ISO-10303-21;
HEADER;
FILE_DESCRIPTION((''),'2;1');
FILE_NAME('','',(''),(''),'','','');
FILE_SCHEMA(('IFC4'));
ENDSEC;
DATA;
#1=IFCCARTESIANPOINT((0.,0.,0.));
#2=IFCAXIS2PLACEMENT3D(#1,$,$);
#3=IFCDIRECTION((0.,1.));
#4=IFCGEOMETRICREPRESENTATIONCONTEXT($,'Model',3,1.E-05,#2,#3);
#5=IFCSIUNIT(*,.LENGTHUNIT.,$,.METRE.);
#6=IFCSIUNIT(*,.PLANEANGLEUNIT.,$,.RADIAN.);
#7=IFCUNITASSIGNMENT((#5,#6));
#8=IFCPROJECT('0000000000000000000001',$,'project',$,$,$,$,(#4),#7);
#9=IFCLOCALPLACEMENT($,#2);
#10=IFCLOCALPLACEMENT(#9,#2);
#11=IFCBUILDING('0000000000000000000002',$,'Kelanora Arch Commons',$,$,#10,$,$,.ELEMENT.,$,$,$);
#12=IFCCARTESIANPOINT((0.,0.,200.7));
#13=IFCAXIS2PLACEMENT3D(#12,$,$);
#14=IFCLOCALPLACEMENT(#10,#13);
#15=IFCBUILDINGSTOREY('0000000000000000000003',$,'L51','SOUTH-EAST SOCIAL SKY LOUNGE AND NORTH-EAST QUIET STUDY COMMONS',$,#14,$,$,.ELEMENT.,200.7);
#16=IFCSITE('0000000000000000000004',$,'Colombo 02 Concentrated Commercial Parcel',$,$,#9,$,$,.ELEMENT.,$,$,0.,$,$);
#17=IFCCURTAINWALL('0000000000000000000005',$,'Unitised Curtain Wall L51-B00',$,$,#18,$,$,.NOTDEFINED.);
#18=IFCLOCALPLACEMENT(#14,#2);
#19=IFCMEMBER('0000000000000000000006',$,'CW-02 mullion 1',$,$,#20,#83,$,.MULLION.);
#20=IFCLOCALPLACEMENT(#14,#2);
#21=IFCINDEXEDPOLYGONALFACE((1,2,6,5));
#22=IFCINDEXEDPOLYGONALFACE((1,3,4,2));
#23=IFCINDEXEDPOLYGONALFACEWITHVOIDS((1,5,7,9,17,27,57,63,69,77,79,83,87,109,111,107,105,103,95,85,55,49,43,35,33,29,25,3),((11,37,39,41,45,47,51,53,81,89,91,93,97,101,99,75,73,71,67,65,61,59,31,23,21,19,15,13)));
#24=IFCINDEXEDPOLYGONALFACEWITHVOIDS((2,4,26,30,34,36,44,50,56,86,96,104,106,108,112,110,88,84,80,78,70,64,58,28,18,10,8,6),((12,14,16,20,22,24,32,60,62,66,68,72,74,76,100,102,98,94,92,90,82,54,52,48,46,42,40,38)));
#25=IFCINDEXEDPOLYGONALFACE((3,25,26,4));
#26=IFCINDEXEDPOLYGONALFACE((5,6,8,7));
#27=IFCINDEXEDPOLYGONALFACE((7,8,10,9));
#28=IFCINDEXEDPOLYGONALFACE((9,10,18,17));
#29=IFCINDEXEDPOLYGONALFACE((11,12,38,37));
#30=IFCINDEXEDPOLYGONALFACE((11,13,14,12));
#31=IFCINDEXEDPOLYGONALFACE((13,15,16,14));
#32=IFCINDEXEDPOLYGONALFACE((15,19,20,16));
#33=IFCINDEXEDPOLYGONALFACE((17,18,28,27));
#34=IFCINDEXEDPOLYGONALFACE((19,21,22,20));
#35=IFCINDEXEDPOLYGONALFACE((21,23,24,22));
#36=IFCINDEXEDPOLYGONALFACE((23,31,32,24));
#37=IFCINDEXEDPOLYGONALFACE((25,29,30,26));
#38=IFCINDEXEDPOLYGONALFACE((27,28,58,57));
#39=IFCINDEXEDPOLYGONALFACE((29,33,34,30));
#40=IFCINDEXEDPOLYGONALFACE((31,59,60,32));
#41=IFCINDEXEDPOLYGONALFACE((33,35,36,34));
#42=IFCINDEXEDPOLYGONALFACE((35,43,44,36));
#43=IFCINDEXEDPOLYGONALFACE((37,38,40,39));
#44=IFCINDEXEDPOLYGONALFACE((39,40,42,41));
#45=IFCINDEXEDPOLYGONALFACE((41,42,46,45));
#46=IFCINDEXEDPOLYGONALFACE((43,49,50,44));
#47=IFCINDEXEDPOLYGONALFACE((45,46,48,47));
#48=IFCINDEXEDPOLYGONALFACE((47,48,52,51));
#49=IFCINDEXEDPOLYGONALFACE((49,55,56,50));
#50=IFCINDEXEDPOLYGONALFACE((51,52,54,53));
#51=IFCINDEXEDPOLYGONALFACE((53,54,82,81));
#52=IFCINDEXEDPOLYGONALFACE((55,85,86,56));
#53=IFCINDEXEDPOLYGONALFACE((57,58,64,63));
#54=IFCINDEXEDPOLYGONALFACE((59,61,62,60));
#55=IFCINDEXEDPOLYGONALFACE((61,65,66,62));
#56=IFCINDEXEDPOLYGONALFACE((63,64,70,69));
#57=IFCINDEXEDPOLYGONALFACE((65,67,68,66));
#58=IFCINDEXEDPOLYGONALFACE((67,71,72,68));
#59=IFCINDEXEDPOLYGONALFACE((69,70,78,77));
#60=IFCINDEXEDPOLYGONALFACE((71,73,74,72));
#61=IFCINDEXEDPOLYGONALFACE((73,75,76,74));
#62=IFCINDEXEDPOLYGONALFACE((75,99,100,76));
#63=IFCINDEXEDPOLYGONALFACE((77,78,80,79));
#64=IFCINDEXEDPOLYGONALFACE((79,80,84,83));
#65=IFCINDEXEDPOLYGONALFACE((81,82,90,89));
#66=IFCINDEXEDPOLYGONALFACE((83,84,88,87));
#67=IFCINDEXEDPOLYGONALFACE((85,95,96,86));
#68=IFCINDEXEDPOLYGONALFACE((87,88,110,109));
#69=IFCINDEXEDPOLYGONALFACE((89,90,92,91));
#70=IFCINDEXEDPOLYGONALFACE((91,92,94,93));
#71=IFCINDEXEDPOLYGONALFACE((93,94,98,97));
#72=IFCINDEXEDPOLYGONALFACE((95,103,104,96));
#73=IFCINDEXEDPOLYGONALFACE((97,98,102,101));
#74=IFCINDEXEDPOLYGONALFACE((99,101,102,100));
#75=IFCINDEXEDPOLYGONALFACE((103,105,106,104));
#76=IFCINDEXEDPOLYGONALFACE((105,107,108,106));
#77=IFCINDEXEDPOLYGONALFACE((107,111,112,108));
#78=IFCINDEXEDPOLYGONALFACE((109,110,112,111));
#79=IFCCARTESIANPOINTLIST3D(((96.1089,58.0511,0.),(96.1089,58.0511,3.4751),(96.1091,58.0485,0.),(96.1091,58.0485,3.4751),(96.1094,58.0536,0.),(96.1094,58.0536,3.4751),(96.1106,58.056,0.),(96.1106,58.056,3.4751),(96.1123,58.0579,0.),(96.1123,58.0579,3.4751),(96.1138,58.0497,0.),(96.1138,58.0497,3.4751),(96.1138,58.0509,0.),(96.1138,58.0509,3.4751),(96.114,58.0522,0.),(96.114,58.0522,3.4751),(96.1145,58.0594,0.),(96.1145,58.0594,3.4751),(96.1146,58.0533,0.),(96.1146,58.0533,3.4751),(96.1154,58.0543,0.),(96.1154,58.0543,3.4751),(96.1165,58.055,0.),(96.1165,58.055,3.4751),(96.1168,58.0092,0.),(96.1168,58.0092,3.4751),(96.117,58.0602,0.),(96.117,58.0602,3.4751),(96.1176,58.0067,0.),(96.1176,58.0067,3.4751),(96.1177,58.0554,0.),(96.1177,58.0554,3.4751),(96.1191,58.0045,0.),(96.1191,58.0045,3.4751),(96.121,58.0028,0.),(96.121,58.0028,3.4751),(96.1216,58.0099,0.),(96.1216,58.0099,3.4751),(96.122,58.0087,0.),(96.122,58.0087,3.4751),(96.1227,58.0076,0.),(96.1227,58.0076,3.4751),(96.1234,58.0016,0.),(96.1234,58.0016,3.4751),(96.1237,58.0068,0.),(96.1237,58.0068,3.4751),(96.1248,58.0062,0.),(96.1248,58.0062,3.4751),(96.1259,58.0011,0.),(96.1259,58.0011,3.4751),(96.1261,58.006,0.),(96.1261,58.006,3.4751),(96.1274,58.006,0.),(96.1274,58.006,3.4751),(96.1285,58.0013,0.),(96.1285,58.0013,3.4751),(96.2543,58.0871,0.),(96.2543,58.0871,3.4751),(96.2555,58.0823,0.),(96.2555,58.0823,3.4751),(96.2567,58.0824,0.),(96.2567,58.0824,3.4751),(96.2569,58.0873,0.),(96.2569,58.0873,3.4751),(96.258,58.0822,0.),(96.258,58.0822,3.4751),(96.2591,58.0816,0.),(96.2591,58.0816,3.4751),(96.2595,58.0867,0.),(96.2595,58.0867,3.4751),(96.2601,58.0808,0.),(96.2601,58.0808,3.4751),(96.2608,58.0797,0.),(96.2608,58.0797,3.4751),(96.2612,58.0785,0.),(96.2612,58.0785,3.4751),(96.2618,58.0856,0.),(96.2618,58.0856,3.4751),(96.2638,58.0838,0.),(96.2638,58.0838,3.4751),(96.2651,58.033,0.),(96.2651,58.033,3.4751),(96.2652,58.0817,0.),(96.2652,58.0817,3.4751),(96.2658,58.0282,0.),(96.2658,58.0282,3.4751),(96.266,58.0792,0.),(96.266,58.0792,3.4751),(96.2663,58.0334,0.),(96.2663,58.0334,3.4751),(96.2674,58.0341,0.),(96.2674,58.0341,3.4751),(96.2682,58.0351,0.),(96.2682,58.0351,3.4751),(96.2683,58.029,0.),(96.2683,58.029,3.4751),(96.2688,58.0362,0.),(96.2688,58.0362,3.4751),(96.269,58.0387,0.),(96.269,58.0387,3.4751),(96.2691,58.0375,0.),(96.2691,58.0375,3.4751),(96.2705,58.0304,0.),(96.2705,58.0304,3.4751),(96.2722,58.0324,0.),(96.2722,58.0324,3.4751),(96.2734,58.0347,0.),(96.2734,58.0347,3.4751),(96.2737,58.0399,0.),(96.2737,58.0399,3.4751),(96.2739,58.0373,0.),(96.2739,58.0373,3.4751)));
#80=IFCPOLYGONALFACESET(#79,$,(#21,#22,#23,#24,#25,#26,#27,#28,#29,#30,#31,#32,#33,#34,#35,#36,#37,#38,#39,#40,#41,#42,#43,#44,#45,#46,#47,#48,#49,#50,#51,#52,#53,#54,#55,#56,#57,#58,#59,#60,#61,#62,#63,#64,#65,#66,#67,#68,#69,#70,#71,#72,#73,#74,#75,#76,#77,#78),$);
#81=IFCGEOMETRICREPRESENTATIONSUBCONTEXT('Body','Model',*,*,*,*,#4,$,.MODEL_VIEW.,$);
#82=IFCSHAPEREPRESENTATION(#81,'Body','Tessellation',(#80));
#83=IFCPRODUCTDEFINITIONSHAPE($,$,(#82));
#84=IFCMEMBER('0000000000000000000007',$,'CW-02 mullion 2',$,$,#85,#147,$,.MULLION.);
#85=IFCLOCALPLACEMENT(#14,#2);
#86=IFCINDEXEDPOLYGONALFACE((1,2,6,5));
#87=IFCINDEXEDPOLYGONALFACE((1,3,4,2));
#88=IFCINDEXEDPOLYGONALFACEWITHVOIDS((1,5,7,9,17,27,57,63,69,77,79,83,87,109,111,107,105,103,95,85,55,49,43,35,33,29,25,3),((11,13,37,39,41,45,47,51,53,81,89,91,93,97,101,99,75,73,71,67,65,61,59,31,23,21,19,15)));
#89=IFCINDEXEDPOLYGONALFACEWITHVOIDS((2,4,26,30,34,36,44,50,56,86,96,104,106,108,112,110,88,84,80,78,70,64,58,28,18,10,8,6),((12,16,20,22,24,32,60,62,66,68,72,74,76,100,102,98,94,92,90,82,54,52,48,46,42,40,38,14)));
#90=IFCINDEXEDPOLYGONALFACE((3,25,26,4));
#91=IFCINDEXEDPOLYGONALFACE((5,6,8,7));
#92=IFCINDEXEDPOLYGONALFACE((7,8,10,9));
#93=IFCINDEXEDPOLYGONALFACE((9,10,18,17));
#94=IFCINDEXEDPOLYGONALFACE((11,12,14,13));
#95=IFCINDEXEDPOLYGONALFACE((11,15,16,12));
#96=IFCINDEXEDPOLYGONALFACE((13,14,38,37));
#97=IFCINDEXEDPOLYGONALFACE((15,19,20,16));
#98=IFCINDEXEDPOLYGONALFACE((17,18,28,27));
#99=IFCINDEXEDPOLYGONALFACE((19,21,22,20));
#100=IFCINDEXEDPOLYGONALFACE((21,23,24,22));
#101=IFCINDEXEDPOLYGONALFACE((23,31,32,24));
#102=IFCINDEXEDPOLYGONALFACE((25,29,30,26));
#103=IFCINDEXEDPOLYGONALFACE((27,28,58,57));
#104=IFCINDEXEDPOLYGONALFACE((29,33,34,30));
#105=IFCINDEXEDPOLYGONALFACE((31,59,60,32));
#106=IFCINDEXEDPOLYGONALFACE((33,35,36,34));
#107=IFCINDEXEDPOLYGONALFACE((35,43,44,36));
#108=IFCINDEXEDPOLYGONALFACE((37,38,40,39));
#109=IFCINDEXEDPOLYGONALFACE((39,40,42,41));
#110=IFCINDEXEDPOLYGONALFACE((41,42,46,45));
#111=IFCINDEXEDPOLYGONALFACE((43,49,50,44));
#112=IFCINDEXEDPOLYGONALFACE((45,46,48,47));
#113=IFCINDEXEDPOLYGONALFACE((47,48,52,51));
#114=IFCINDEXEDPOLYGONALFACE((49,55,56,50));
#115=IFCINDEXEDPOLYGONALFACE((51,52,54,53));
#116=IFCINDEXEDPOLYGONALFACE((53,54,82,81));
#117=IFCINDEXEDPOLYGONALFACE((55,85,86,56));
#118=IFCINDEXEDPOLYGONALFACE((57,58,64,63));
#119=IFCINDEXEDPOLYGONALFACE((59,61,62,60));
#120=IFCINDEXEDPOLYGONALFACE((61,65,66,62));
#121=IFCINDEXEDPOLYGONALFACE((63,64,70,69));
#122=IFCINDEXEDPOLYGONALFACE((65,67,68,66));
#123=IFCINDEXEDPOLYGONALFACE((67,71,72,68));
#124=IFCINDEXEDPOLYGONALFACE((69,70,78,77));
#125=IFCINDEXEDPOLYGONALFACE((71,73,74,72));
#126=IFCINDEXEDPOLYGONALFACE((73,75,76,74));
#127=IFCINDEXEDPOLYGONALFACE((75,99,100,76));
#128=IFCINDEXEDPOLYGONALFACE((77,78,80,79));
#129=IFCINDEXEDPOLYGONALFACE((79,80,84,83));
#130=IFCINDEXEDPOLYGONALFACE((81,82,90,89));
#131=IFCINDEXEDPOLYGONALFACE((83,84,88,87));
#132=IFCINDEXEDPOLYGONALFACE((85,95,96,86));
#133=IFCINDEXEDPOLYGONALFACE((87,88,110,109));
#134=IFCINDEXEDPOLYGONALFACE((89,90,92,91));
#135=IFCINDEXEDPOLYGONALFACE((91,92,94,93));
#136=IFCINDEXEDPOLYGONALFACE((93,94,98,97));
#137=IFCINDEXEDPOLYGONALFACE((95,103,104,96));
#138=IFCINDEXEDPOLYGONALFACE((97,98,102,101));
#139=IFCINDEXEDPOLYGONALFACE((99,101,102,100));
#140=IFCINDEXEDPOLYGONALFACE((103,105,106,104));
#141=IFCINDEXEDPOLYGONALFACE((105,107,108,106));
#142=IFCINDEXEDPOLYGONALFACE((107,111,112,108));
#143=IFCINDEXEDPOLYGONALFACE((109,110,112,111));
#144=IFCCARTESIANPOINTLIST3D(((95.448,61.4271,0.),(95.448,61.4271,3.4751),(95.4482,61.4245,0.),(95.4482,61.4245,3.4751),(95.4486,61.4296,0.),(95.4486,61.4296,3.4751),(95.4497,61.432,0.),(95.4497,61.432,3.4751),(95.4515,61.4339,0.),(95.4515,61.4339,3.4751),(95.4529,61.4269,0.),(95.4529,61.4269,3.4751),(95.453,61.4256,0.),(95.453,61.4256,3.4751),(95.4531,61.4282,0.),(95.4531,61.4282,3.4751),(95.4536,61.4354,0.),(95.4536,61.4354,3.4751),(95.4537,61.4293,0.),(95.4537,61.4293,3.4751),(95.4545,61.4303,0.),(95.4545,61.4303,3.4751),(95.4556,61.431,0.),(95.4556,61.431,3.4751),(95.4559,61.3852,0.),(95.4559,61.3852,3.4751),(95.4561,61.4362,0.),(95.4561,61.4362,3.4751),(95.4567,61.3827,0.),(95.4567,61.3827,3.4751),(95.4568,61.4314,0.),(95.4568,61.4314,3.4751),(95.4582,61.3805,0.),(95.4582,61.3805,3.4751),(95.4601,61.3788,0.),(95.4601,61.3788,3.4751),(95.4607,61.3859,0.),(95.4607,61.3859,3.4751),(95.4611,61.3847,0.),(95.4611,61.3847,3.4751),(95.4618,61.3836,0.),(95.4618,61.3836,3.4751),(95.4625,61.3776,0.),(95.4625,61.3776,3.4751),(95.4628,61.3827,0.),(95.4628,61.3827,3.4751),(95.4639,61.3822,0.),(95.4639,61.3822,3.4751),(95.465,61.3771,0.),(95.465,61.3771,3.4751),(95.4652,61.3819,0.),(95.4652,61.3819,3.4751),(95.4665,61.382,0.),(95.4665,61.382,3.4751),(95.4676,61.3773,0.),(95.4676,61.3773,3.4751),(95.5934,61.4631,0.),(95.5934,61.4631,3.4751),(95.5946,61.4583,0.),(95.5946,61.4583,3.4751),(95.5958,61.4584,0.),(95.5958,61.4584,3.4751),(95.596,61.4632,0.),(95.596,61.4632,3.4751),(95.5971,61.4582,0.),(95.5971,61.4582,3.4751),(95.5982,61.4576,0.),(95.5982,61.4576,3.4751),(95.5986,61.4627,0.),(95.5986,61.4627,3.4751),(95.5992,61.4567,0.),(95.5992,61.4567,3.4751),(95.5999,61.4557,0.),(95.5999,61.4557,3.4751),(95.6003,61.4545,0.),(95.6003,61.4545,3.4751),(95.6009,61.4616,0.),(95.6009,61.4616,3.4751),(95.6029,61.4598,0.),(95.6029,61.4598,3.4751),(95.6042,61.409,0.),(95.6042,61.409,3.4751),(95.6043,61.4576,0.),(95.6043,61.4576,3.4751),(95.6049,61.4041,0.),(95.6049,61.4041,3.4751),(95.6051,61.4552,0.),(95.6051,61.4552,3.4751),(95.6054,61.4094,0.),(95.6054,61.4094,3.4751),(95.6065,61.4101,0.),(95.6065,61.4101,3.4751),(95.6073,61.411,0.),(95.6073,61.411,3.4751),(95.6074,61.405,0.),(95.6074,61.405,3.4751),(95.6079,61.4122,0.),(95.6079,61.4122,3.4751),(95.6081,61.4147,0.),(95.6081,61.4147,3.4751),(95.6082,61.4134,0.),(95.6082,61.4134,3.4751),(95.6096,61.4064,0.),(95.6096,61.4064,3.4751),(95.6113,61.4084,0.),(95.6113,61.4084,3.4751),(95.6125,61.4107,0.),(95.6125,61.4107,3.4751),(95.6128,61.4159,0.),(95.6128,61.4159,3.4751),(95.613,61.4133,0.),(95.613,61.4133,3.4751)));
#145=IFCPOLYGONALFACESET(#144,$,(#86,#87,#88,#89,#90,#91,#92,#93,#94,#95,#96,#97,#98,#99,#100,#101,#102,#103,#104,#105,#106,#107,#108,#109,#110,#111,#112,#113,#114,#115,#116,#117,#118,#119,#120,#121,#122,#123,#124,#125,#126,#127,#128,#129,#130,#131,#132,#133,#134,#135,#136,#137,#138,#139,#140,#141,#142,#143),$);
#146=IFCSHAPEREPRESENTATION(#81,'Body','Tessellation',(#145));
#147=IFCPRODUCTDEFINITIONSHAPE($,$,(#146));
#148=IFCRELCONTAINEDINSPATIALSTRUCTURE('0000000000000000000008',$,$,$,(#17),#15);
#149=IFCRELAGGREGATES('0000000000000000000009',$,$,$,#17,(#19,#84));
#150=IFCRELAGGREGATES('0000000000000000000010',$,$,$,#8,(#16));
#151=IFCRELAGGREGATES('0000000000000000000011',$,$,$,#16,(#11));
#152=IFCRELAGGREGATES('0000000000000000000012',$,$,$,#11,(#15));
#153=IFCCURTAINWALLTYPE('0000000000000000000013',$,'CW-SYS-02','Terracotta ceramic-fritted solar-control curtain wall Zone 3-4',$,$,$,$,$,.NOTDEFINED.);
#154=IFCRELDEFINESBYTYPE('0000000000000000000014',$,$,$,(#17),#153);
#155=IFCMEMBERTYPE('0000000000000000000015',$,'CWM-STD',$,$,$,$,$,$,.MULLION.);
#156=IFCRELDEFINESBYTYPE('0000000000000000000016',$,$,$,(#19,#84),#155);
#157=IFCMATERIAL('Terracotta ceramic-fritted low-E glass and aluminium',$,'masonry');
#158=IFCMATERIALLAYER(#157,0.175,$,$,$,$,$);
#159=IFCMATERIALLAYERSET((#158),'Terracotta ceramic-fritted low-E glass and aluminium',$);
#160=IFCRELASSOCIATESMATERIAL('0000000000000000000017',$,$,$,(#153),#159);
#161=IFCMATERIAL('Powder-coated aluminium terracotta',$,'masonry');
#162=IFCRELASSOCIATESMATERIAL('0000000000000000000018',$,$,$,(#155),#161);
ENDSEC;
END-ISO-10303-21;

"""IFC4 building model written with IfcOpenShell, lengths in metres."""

from ifc_helpers import new_model, si_unit, direction, frame, origin, origin_2d, place, context, subcontext, project, spatial, hollow_rectangle, extrude, material, layer, layer_set, material_profile, profile_set, type_object, element, aggregate, save


model = new_model("IFC4")

# Units and contexts
model_context = context("Model", 3, precision=1e-05, world=origin(), true_north=direction((0.0, 1.0)))
body_context = subcontext(model_context, "Body", "Model", "MODEL_VIEW")
ifc_project = project(units=[si_unit("LENGTHUNIT", "METRE"), si_unit("PLANEANGLEUNIT", "RADIAN")], contexts=[model_context])

# Site, building, storey
site_placement = place(None, origin())
site = spatial("IfcSite", under=ifc_project, at=site_placement, Name="Colombo 02 Concentrated Commercial Parcel", CompositionType="ELEMENT", RefElevation=0.0)
building_placement = place(site_placement, origin())
building = spatial("IfcBuilding", under=site, at=building_placement, Name="Kelanora Arch Commons", CompositionType="ELEMENT")
storey_placement = place(building_placement, frame((0.0, 0.0, 200.7)))
storey = spatial("IfcBuildingStorey", under=building, at=storey_placement, Name="L51", Description="SOUTH-EAST SOCIAL SKY LOUNGE AND NORTH-EAST QUIET STUDY COMMONS", CompositionType="ELEMENT", Elevation=200.7)

# Curtain wall, members
ifc_material_1 = material(Name="Terracotta ceramic-fritted low-E glass and aluminium", Category="masonry")
ifc_layer_1 = layer(ifc_material_1, 0.175)
ifc_layer_set_1 = layer_set([ifc_layer_1], Name="Terracotta ceramic-fritted low-E glass and aluminium")
curtain_wall_type = type_object("IfcCurtainWallType", Name="CW-SYS-02", Description="Terracotta ceramic-fritted solar-control curtain wall Zone 3-4", PredefinedType="NOTDEFINED", material=ifc_layer_set_1)
curtain_wall_placement = place(storey_placement, origin())
curtain_wall = element("IfcCurtainWall", 1, at=curtain_wall_placement, inside=storey, type_object=curtain_wall_type, Name="Unitised Curtain Wall L51-B00", PredefinedType="NOTDEFINED")
ifc_material_2 = material(Name="Powder-coated aluminium terracotta", Category="masonry")
ifc_material_profile_1 = material_profile(ifc_material_2, hollow_rectangle(XDim=0.1599, YDim=0.0601, WallThickness=0.0049, InnerFilletRadius=0.0049, OuterFilletRadius=0.01, at=origin_2d()), Name="CWM160x60")
ifc_profile_set_1 = profile_set([ifc_material_profile_1], Name="Powder-coated aluminium terracotta")
member_type_1 = type_object("IfcMemberType", Name="CWM-STD", PredefinedType="MULLION", material=ifc_profile_set_1)
member_1_placement = place(storey_placement, frame((96.1914, 58.0442, 0.0), z_axis=(0.0, 0.0, 1.0), x_axis=(-0.981381, -0.192069, 0.0)))
member_1 = element("IfcMember", 2, at=member_1_placement, type_object=member_type_1, Name="CW-02 mullion 1", PredefinedType="MULLION", context=body_context, shape_type="SweptSolid", body=[
    extrude(hollow_rectangle(XDim=0.1599, YDim=0.0601, WallThickness=0.0049, InnerFilletRadius=0.0049, OuterFilletRadius=0.01, at=origin_2d()), origin(), (0.0, 0.0, 1.0), 3.4751),
])
member_2_placement = place(storey_placement, frame((95.5305, 61.4202, 0.0), z_axis=(0.0, 0.0, 1.0), x_axis=(-0.981381, -0.192069, 0.0)))
member_2 = element("IfcMember", 3, at=member_2_placement, type_object=member_type_1, Name="CW-02 mullion 2", PredefinedType="MULLION", context=body_context, shape_type="SweptSolid", body=[
    extrude(hollow_rectangle(XDim=0.1599, YDim=0.0601, WallThickness=0.0049, InnerFilletRadius=0.0049, OuterFilletRadius=0.01, at=origin_2d()), origin(), (0.0, 0.0, 1.0), 3.4751),
])
aggregate(curtain_wall, [member_1, member_2])

save(model, "model.ifc")
